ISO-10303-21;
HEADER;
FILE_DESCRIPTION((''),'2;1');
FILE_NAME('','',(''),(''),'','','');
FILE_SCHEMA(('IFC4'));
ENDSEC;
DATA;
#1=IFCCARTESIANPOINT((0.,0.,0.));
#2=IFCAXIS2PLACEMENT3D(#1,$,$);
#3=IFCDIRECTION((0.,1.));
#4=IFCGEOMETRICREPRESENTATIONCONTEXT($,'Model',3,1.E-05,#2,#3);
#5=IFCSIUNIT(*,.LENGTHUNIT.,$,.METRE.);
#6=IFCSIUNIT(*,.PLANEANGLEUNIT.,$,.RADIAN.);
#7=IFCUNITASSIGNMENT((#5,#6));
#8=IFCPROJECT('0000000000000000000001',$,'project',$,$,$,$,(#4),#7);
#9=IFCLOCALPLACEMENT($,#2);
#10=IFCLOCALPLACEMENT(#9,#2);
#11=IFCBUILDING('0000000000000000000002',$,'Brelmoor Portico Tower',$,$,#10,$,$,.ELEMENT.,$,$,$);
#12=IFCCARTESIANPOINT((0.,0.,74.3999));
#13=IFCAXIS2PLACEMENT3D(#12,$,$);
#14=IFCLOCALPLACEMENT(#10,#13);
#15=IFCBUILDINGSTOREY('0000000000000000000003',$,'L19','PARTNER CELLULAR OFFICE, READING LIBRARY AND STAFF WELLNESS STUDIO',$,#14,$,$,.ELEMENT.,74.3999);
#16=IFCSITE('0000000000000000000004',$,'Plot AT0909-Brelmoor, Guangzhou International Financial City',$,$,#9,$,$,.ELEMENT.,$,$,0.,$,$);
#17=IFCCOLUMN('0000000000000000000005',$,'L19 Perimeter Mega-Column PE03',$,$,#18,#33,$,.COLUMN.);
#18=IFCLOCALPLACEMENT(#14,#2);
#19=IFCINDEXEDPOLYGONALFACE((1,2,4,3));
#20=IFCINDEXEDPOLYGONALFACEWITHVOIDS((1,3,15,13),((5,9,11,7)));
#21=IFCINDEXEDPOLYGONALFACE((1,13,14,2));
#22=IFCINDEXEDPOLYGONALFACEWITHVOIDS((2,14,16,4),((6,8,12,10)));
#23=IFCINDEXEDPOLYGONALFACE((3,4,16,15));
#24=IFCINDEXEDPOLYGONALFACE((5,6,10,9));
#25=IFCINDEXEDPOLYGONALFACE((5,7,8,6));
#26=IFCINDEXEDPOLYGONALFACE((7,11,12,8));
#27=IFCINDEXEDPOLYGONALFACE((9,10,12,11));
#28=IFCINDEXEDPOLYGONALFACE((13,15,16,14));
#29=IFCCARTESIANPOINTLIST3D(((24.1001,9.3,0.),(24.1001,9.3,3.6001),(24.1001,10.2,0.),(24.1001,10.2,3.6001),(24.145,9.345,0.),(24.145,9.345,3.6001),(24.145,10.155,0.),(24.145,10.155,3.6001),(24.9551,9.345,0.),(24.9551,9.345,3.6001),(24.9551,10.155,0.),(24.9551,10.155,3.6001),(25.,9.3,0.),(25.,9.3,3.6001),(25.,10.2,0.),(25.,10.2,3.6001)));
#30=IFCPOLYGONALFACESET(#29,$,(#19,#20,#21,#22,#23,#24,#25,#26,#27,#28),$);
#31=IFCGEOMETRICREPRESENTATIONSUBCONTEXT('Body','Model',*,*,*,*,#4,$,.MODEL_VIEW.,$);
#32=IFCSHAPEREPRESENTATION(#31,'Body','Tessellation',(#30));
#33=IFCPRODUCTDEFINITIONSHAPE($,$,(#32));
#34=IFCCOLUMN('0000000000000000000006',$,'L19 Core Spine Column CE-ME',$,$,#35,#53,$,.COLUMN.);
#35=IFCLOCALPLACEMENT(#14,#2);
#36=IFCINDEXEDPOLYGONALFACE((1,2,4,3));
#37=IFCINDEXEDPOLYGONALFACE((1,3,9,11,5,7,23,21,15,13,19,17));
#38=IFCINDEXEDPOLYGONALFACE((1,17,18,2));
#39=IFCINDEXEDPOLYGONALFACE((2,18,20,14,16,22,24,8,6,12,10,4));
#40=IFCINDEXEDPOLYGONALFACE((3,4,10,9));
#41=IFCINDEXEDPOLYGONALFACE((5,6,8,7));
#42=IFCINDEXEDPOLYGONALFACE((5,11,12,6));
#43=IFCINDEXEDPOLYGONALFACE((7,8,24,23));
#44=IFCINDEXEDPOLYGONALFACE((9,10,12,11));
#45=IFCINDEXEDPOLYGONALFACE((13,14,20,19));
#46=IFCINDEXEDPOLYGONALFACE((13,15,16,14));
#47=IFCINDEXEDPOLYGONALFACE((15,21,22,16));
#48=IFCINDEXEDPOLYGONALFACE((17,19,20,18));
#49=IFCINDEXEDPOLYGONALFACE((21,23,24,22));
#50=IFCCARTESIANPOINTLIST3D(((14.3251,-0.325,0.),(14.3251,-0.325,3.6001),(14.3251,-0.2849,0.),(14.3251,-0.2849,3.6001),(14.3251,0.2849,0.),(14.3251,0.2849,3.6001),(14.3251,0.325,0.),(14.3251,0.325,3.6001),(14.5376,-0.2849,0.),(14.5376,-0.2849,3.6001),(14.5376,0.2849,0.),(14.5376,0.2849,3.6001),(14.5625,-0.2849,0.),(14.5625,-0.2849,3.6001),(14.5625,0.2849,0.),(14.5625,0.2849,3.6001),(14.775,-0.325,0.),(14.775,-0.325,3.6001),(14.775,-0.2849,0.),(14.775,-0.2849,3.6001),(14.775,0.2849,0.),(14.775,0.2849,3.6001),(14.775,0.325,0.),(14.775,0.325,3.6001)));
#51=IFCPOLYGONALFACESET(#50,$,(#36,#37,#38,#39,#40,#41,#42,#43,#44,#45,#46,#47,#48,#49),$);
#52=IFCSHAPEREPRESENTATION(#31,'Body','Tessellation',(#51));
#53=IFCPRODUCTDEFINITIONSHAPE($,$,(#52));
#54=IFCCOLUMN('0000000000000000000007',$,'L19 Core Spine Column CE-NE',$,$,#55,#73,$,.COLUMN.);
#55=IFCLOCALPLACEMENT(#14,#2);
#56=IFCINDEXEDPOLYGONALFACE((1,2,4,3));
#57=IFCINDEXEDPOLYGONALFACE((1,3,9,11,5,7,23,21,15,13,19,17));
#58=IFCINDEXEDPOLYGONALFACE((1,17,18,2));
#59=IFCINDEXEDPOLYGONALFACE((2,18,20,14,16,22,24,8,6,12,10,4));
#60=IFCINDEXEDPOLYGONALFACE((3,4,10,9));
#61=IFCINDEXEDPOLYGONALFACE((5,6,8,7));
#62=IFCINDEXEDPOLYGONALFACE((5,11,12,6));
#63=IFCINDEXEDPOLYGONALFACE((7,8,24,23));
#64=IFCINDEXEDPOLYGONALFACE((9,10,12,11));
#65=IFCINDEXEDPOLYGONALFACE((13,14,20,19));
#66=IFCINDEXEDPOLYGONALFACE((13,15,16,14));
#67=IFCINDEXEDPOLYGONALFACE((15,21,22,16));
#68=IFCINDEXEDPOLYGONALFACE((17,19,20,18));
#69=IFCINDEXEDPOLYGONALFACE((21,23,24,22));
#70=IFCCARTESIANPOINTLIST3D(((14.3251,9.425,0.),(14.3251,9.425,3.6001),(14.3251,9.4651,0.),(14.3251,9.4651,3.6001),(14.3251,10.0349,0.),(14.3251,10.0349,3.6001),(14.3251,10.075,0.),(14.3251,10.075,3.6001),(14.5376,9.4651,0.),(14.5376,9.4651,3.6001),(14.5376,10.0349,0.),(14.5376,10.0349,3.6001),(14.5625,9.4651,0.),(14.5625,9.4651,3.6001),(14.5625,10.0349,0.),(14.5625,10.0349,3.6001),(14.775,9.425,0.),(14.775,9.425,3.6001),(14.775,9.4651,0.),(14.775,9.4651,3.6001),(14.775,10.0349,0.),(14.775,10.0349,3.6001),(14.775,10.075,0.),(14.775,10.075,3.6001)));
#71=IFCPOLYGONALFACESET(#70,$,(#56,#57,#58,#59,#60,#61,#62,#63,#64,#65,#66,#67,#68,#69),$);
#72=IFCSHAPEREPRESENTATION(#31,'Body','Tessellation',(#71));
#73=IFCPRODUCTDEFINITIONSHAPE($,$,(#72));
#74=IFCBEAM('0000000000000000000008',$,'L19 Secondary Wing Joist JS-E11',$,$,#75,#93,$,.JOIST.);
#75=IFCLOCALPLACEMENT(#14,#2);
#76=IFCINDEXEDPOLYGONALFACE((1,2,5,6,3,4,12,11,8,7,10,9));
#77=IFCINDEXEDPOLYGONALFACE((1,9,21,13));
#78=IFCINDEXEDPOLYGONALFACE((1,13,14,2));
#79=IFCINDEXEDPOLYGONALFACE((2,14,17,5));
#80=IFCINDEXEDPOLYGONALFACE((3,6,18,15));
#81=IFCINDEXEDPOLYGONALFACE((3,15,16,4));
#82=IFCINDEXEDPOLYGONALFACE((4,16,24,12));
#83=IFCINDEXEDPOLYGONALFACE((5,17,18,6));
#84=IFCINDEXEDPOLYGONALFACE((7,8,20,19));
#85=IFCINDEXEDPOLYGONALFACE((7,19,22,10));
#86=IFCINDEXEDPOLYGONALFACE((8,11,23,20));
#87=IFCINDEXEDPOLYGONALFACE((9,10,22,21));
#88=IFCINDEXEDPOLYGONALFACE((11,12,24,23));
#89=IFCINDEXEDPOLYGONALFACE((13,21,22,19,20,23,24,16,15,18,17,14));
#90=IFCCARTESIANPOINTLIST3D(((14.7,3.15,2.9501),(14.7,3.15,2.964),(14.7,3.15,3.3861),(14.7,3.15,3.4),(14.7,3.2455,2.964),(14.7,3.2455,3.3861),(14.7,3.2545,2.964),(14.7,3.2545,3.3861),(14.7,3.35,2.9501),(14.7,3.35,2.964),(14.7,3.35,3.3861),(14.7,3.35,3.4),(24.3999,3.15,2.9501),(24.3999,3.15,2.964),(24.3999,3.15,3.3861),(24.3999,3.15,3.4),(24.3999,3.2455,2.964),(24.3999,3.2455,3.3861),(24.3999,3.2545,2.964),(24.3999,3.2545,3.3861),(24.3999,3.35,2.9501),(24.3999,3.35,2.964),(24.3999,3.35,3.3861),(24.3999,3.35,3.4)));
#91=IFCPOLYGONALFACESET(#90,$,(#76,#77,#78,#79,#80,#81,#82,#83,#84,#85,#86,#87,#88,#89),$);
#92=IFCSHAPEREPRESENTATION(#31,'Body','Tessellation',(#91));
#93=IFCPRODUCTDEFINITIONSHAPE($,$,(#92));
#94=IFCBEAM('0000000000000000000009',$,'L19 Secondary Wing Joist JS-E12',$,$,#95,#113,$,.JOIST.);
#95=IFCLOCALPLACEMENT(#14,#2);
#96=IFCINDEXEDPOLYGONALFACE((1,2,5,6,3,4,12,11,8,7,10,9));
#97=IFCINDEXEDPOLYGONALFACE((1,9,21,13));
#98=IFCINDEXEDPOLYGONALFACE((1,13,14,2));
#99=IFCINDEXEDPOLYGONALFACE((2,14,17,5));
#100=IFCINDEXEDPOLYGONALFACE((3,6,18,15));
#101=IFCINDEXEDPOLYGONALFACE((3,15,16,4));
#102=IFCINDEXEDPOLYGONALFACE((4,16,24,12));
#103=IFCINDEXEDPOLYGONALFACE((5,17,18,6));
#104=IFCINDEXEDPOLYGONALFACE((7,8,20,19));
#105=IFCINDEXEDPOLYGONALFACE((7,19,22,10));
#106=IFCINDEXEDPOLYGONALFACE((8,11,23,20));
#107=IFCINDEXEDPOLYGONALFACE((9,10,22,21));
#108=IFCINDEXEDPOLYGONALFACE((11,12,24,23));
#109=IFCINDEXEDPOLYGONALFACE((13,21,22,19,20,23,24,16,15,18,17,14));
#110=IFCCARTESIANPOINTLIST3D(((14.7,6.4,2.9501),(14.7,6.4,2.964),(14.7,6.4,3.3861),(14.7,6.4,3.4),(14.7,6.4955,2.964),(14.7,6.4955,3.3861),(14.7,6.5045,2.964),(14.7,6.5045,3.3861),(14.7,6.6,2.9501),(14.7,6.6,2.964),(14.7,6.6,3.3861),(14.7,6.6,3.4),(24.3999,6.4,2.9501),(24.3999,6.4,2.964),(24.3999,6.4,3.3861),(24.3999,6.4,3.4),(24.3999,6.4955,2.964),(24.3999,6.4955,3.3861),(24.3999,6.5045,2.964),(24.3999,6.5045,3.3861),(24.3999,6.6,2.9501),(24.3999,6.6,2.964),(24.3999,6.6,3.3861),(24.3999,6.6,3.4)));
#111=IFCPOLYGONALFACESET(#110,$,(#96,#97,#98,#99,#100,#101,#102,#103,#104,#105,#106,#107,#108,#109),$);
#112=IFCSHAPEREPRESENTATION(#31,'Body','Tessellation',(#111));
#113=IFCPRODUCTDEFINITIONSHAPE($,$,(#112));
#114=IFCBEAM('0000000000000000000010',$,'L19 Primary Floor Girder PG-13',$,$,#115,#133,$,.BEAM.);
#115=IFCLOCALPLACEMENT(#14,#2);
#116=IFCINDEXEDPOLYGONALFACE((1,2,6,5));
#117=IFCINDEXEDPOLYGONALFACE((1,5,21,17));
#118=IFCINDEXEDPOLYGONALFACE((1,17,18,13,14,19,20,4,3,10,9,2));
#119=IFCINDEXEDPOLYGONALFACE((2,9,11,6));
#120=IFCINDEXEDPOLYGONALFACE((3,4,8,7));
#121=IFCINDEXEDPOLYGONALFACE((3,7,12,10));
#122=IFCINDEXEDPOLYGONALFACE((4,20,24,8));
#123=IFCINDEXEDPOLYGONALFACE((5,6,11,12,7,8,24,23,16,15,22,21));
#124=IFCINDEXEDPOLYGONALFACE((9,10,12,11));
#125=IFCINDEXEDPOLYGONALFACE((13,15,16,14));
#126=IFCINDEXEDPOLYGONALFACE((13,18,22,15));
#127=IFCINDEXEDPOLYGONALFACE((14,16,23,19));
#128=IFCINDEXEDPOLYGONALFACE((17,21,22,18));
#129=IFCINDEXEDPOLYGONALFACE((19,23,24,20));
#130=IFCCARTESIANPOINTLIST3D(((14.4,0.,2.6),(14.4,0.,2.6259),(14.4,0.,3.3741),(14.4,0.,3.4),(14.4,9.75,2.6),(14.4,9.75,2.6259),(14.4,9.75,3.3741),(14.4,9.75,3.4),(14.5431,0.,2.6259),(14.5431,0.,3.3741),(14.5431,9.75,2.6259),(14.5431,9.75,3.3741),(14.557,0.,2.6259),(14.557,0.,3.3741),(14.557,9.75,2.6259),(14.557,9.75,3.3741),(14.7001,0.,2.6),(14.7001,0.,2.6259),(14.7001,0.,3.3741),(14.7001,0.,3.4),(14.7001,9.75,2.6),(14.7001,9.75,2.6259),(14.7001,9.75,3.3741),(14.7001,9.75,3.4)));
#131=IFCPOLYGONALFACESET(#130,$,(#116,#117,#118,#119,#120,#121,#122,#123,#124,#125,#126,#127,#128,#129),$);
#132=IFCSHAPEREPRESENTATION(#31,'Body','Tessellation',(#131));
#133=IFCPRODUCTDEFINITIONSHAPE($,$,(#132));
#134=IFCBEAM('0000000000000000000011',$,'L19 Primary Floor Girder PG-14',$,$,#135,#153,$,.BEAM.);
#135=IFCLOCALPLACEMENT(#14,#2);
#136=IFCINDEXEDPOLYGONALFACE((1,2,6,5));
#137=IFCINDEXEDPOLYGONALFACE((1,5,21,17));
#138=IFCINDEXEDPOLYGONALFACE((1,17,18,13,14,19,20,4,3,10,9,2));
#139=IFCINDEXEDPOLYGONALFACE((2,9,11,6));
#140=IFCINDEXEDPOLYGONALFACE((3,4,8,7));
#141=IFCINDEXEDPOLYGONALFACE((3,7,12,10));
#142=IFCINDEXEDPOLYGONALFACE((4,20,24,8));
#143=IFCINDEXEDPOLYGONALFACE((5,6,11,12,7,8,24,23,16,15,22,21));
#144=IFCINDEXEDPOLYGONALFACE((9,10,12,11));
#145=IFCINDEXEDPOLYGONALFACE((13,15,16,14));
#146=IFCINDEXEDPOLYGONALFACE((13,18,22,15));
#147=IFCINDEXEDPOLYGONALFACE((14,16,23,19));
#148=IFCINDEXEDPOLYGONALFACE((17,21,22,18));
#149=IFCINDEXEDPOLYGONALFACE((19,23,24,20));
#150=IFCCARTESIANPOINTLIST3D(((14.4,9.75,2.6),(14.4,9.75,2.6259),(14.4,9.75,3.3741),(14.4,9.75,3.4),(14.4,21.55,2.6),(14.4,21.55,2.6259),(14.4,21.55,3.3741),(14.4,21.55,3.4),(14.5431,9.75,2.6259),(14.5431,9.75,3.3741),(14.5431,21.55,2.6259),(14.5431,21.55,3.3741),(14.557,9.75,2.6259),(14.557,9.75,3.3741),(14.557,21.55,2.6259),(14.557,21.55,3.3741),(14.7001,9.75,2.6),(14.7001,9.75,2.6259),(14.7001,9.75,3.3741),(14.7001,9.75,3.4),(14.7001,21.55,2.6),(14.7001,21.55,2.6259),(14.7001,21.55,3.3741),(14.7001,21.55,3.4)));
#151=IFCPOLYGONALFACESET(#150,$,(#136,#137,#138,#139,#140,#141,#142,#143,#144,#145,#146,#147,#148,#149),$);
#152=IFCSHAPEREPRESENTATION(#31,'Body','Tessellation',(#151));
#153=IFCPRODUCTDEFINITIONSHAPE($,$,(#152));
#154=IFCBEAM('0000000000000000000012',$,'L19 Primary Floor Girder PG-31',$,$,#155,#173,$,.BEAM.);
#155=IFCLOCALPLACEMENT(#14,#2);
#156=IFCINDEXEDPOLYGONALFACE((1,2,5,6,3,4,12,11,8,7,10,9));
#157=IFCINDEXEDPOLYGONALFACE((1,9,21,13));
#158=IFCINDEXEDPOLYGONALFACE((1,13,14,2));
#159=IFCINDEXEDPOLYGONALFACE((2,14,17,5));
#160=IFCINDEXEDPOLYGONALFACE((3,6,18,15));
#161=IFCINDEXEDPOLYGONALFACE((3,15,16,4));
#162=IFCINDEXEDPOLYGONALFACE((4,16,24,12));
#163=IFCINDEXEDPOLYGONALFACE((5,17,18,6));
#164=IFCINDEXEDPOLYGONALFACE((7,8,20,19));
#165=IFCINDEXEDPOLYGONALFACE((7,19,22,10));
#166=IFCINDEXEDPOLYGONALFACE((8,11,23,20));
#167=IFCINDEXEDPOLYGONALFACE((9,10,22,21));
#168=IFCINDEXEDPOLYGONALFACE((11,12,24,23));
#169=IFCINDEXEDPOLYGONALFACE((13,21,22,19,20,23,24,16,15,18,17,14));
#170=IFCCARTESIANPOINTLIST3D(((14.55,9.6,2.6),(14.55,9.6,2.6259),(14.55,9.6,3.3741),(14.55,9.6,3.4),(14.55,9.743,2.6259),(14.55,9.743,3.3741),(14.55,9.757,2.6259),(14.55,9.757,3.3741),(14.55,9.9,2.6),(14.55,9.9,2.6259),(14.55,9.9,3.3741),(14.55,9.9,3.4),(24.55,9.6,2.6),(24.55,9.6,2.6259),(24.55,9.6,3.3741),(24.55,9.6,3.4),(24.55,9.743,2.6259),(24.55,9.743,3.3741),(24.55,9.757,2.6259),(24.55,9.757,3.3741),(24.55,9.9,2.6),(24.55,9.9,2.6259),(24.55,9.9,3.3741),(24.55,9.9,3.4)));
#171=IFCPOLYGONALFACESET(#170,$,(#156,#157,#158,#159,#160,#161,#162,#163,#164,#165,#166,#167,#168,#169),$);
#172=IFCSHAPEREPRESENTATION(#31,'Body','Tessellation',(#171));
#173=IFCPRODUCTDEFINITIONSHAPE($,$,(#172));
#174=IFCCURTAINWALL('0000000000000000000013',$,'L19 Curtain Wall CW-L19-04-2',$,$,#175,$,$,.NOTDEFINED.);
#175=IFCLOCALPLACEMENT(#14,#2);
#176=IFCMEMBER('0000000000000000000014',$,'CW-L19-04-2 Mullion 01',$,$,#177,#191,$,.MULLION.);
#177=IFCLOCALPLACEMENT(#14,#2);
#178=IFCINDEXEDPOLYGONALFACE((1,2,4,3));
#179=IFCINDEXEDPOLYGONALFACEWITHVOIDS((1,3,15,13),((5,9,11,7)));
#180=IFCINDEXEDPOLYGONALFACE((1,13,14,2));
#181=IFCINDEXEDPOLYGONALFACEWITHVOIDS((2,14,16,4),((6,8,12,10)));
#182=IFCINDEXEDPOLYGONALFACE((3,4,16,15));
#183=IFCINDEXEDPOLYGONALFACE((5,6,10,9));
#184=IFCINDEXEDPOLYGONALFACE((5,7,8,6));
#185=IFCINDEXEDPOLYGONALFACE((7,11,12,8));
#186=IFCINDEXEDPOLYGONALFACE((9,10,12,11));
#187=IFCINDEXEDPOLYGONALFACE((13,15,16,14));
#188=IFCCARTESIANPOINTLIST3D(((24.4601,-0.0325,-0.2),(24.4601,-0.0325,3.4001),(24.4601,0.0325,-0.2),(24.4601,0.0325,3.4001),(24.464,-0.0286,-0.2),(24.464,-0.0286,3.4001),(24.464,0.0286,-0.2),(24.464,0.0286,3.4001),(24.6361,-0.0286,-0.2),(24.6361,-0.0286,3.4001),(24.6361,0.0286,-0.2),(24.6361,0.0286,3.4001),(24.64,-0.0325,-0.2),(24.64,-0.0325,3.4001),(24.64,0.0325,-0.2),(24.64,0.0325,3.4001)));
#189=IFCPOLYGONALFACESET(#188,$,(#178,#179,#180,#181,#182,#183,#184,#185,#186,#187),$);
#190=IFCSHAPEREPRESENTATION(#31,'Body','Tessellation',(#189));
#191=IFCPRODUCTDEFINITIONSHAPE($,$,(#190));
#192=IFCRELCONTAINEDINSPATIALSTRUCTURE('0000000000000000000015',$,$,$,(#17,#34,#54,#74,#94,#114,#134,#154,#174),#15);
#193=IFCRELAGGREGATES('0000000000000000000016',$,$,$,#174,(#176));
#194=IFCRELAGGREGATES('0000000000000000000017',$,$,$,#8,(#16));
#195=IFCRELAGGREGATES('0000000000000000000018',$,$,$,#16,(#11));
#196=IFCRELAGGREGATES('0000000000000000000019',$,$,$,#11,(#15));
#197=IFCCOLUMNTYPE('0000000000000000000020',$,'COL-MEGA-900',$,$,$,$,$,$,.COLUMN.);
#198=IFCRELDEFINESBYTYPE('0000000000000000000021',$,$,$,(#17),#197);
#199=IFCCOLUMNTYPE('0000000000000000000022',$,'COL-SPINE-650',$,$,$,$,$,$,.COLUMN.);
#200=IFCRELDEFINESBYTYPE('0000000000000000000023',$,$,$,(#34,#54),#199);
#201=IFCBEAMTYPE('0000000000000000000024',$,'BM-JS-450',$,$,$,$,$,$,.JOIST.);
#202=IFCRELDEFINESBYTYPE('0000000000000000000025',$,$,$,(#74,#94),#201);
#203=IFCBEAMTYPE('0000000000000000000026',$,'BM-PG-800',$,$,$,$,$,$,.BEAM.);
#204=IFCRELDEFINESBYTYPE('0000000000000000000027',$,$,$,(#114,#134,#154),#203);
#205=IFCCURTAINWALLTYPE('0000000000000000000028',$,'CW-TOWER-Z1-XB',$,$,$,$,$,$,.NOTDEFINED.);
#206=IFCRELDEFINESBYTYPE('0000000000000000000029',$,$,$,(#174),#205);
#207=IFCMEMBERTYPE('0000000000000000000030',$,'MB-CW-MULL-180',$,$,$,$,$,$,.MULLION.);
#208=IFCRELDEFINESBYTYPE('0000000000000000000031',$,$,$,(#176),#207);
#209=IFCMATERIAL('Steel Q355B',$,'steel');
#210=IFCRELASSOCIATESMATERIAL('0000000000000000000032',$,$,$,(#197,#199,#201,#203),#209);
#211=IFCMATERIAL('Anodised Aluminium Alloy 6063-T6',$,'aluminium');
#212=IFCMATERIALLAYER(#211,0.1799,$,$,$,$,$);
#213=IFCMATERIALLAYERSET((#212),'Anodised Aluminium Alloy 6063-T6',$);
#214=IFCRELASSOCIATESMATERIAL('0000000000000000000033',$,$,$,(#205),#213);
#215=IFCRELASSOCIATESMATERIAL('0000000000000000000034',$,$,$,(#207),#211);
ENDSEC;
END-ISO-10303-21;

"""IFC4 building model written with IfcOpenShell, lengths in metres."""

from ifc_helpers import new_model, si_unit, direction, frame, origin, origin_2d, place, context, subcontext, project, spatial, hollow_rectangle, i_section, extrude, material, layer, layer_set, material_profile, profile_set, type_object, element, aggregate, save


model = new_model("IFC4")

# Units and contexts
model_context = context("Model", 3, precision=1e-05, world=origin(), true_north=direction((0.0, 1.0)))
body_context = subcontext(model_context, "Body", "Model", "MODEL_VIEW")
ifc_project = project(units=[si_unit("LENGTHUNIT", "METRE"), si_unit("PLANEANGLEUNIT", "RADIAN")], contexts=[model_context])

# Site, building, storey
site_placement = place(None, origin())
site = spatial("IfcSite", under=ifc_project, at=site_placement, Name="Plot AT0909-Brelmoor, Guangzhou International Financial City", CompositionType="ELEMENT", RefElevation=0.0)
building_placement = place(site_placement, origin())
building = spatial("IfcBuilding", under=site, at=building_placement, Name="Brelmoor Portico Tower", CompositionType="ELEMENT")
storey_placement = place(building_placement, frame((0.0, 0.0, 74.3999)))
storey = spatial("IfcBuildingStorey", under=building, at=storey_placement, Name="L19", Description="PARTNER CELLULAR OFFICE, READING LIBRARY AND STAFF WELLNESS STUDIO", CompositionType="ELEMENT", Elevation=74.3999)

# Columns
ifc_material_1 = material(Name="Steel Q355B", Category="steel")
ifc_material_profile_1 = material_profile(ifc_material_1, hollow_rectangle(XDim=0.8999, YDim=0.8999, WallThickness=0.0449, at=origin_2d()), Name="BOX 900x900x45")
ifc_profile_set_1 = profile_set([ifc_material_profile_1], Name="Steel Q355B")
column_type_1 = type_object("IfcColumnType", Name="COL-MEGA-900", PredefinedType="COLUMN", material=ifc_profile_set_1)
column_placement = place(storey_placement, frame((24.55, 9.75, 0.0), z_axis=(0.0, 0.0, 1.0), x_axis=(0.0, 1.0, 0.0)))
element("IfcColumn", 1, at=column_placement, inside=storey, type_object=column_type_1, Name="L19 Perimeter Mega-Column PE03", PredefinedType="COLUMN", context=body_context, shape_type="SweptSolid", body=[
    extrude(hollow_rectangle(XDim=0.8999, YDim=0.8999, WallThickness=0.0449, at=origin_2d()), origin(), (0.0, 0.0, 1.0), 3.6001),
])
ifc_material_profile_2 = material_profile(ifc_material_1, i_section(OverallWidth=0.45, OverallDepth=0.6499, WebThickness=0.0249, FlangeThickness=0.04, at=origin_2d()), Name="HW 650x450x25x40")
ifc_profile_set_2 = profile_set([ifc_material_profile_2], Name="Steel Q355B")
column_type_2 = type_object("IfcColumnType", Name="COL-SPINE-650", PredefinedType="COLUMN", material=ifc_profile_set_2)
for number, where, z_axis, x_axis, name in (
    (2, (14.55, 0.0, 0.0), (0.0, 0.0, 1.0), (1.0, 0.0, 0.0), "L19 Core Spine Column CE-ME"),
    (3, (14.55, 9.75, 0.0), (0.0, 0.0, 1.0), (1.0, 0.0, 0.0), "L19 Core Spine Column CE-NE"),
):
    element("IfcColumn", number, at=place(storey_placement, frame(where, z_axis=z_axis, x_axis=x_axis)), inside=storey, type_object=column_type_2, Name=name, PredefinedType="COLUMN", context=body_context, shape_type="SweptSolid", body=[
        extrude(i_section(OverallWidth=0.45, OverallDepth=0.6499, WebThickness=0.0249, FlangeThickness=0.04, at=origin_2d()), origin(), (0.0, 0.0, 1.0), 3.6001),
    ])

# Beams
ifc_material_profile_3 = material_profile(ifc_material_1, i_section(OverallWidth=0.2, OverallDepth=0.45, WebThickness=0.009, FlangeThickness=0.0139, at=origin_2d()), Name="HN 450x200x9x14")
ifc_profile_set_3 = profile_set([ifc_material_profile_3], Name="Steel Q355B")
beam_type_1 = type_object("IfcBeamType", Name="BM-JS-450", PredefinedType="JOIST", material=ifc_profile_set_3)
for number, where, z_axis, x_axis, name in (
    (4, (14.7, 3.25, 3.175), (1.0, 0.0, 0.0), (0.0, 1.0, 0.0), "L19 Secondary Wing Joist JS-E11"),
    (5, (14.7, 6.5, 3.175), (1.0, 0.0, 0.0), (0.0, 1.0, 0.0), "L19 Secondary Wing Joist JS-E12"),
):
    element("IfcBeam", number, at=place(storey_placement, frame(where, z_axis=z_axis, x_axis=x_axis)), inside=storey, type_object=beam_type_1, Name=name, PredefinedType="JOIST", context=body_context, shape_type="SweptSolid", body=[
        extrude(i_section(OverallWidth=0.2, OverallDepth=0.45, WebThickness=0.009, FlangeThickness=0.0139, at=origin_2d()), origin(), (0.0, 0.0, 1.0), 9.7),
    ])
ifc_material_profile_4 = material_profile(ifc_material_1, i_section(OverallWidth=0.3, OverallDepth=0.8, WebThickness=0.0139, FlangeThickness=0.0259, at=origin_2d()), Name="HN 800x300x14x26")
ifc_profile_set_4 = profile_set([ifc_material_profile_4], Name="Steel Q355B")
beam_type_2 = type_object("IfcBeamType", Name="BM-PG-800", PredefinedType="BEAM", material=ifc_profile_set_4)
beam_1_placement = place(storey_placement, frame((14.55, 0.0, 3.0), z_axis=(0.0, 1.0, 0.0), x_axis=(-1.0, 0.0, 0.0)))
element("IfcBeam", 6, at=beam_1_placement, inside=storey, type_object=beam_type_2, Name="L19 Primary Floor Girder PG-13", PredefinedType="BEAM", context=body_context, shape_type="SweptSolid", body=[
    extrude(i_section(OverallWidth=0.3, OverallDepth=0.8, WebThickness=0.0139, FlangeThickness=0.0259, at=origin_2d()), origin(), (0.0, 0.0, 1.0), 9.75),
])
beam_2_placement = place(storey_placement, frame((14.55, 9.75, 3.0), z_axis=(0.0, 1.0, 0.0), x_axis=(-1.0, 0.0, 0.0)))
element("IfcBeam", 7, at=beam_2_placement, inside=storey, type_object=beam_type_2, Name="L19 Primary Floor Girder PG-14", PredefinedType="BEAM", context=body_context, shape_type="SweptSolid", body=[
    extrude(i_section(OverallWidth=0.3, OverallDepth=0.8, WebThickness=0.0139, FlangeThickness=0.0259, at=origin_2d()), origin(), (0.0, 0.0, 1.0), 11.8),
])
beam_3_placement = place(storey_placement, frame((14.55, 9.75, 3.0), z_axis=(1.0, 0.0, 0.0), x_axis=(0.0, 1.0, 0.0)))
element("IfcBeam", 8, at=beam_3_placement, inside=storey, type_object=beam_type_2, Name="L19 Primary Floor Girder PG-31", PredefinedType="BEAM", context=body_context, shape_type="SweptSolid", body=[
    extrude(i_section(OverallWidth=0.3, OverallDepth=0.8, WebThickness=0.0139, FlangeThickness=0.0259, at=origin_2d()), origin(), (0.0, 0.0, 1.0), 10.0),
])

# Curtain wall, member
ifc_material_2 = material(Name="Anodised Aluminium Alloy 6063-T6", Category="aluminium")
ifc_layer_1 = layer(ifc_material_2, 0.1799)
ifc_layer_set_1 = layer_set([ifc_layer_1], Name="Anodised Aluminium Alloy 6063-T6")
curtain_wall_type = type_object("IfcCurtainWallType", Name="CW-TOWER-Z1-XB", PredefinedType="NOTDEFINED", material=ifc_layer_set_1)
curtain_wall_placement = place(storey_placement, origin())
curtain_wall = element("IfcCurtainWall", 9, at=curtain_wall_placement, inside=storey, type_object=curtain_wall_type, Name="L19 Curtain Wall CW-L19-04-2", PredefinedType="NOTDEFINED")
ifc_material_profile_5 = material_profile(ifc_material_2, hollow_rectangle(XDim=0.0649, YDim=0.1799, WallThickness=0.0039, at=origin_2d()), Name="ALU MULLION 65x180")
ifc_profile_set_5 = profile_set([ifc_material_profile_5], Name="Anodised Aluminium Alloy 6063-T6")
member_type_1 = type_object("IfcMemberType", Name="MB-CW-MULL-180", PredefinedType="MULLION", material=ifc_profile_set_5)
member_1_placement = place(storey_placement, frame((24.55, 0.0, -0.2), z_axis=(0.0, 0.0, 1.0), x_axis=(0.0, 1.0, 0.0)))
member_1 = element("IfcMember", 10, at=member_1_placement, type_object=member_type_1, Name="CW-L19-04-2 Mullion 01", PredefinedType="MULLION", context=body_context, shape_type="SweptSolid", body=[
    extrude(hollow_rectangle(XDim=0.0649, YDim=0.1799, WallThickness=0.0039, at=origin_2d()), origin(), (0.0, 0.0, 1.0), 3.6001),
])
aggregate(curtain_wall, [member_1])

save(model, "model.ifc")
